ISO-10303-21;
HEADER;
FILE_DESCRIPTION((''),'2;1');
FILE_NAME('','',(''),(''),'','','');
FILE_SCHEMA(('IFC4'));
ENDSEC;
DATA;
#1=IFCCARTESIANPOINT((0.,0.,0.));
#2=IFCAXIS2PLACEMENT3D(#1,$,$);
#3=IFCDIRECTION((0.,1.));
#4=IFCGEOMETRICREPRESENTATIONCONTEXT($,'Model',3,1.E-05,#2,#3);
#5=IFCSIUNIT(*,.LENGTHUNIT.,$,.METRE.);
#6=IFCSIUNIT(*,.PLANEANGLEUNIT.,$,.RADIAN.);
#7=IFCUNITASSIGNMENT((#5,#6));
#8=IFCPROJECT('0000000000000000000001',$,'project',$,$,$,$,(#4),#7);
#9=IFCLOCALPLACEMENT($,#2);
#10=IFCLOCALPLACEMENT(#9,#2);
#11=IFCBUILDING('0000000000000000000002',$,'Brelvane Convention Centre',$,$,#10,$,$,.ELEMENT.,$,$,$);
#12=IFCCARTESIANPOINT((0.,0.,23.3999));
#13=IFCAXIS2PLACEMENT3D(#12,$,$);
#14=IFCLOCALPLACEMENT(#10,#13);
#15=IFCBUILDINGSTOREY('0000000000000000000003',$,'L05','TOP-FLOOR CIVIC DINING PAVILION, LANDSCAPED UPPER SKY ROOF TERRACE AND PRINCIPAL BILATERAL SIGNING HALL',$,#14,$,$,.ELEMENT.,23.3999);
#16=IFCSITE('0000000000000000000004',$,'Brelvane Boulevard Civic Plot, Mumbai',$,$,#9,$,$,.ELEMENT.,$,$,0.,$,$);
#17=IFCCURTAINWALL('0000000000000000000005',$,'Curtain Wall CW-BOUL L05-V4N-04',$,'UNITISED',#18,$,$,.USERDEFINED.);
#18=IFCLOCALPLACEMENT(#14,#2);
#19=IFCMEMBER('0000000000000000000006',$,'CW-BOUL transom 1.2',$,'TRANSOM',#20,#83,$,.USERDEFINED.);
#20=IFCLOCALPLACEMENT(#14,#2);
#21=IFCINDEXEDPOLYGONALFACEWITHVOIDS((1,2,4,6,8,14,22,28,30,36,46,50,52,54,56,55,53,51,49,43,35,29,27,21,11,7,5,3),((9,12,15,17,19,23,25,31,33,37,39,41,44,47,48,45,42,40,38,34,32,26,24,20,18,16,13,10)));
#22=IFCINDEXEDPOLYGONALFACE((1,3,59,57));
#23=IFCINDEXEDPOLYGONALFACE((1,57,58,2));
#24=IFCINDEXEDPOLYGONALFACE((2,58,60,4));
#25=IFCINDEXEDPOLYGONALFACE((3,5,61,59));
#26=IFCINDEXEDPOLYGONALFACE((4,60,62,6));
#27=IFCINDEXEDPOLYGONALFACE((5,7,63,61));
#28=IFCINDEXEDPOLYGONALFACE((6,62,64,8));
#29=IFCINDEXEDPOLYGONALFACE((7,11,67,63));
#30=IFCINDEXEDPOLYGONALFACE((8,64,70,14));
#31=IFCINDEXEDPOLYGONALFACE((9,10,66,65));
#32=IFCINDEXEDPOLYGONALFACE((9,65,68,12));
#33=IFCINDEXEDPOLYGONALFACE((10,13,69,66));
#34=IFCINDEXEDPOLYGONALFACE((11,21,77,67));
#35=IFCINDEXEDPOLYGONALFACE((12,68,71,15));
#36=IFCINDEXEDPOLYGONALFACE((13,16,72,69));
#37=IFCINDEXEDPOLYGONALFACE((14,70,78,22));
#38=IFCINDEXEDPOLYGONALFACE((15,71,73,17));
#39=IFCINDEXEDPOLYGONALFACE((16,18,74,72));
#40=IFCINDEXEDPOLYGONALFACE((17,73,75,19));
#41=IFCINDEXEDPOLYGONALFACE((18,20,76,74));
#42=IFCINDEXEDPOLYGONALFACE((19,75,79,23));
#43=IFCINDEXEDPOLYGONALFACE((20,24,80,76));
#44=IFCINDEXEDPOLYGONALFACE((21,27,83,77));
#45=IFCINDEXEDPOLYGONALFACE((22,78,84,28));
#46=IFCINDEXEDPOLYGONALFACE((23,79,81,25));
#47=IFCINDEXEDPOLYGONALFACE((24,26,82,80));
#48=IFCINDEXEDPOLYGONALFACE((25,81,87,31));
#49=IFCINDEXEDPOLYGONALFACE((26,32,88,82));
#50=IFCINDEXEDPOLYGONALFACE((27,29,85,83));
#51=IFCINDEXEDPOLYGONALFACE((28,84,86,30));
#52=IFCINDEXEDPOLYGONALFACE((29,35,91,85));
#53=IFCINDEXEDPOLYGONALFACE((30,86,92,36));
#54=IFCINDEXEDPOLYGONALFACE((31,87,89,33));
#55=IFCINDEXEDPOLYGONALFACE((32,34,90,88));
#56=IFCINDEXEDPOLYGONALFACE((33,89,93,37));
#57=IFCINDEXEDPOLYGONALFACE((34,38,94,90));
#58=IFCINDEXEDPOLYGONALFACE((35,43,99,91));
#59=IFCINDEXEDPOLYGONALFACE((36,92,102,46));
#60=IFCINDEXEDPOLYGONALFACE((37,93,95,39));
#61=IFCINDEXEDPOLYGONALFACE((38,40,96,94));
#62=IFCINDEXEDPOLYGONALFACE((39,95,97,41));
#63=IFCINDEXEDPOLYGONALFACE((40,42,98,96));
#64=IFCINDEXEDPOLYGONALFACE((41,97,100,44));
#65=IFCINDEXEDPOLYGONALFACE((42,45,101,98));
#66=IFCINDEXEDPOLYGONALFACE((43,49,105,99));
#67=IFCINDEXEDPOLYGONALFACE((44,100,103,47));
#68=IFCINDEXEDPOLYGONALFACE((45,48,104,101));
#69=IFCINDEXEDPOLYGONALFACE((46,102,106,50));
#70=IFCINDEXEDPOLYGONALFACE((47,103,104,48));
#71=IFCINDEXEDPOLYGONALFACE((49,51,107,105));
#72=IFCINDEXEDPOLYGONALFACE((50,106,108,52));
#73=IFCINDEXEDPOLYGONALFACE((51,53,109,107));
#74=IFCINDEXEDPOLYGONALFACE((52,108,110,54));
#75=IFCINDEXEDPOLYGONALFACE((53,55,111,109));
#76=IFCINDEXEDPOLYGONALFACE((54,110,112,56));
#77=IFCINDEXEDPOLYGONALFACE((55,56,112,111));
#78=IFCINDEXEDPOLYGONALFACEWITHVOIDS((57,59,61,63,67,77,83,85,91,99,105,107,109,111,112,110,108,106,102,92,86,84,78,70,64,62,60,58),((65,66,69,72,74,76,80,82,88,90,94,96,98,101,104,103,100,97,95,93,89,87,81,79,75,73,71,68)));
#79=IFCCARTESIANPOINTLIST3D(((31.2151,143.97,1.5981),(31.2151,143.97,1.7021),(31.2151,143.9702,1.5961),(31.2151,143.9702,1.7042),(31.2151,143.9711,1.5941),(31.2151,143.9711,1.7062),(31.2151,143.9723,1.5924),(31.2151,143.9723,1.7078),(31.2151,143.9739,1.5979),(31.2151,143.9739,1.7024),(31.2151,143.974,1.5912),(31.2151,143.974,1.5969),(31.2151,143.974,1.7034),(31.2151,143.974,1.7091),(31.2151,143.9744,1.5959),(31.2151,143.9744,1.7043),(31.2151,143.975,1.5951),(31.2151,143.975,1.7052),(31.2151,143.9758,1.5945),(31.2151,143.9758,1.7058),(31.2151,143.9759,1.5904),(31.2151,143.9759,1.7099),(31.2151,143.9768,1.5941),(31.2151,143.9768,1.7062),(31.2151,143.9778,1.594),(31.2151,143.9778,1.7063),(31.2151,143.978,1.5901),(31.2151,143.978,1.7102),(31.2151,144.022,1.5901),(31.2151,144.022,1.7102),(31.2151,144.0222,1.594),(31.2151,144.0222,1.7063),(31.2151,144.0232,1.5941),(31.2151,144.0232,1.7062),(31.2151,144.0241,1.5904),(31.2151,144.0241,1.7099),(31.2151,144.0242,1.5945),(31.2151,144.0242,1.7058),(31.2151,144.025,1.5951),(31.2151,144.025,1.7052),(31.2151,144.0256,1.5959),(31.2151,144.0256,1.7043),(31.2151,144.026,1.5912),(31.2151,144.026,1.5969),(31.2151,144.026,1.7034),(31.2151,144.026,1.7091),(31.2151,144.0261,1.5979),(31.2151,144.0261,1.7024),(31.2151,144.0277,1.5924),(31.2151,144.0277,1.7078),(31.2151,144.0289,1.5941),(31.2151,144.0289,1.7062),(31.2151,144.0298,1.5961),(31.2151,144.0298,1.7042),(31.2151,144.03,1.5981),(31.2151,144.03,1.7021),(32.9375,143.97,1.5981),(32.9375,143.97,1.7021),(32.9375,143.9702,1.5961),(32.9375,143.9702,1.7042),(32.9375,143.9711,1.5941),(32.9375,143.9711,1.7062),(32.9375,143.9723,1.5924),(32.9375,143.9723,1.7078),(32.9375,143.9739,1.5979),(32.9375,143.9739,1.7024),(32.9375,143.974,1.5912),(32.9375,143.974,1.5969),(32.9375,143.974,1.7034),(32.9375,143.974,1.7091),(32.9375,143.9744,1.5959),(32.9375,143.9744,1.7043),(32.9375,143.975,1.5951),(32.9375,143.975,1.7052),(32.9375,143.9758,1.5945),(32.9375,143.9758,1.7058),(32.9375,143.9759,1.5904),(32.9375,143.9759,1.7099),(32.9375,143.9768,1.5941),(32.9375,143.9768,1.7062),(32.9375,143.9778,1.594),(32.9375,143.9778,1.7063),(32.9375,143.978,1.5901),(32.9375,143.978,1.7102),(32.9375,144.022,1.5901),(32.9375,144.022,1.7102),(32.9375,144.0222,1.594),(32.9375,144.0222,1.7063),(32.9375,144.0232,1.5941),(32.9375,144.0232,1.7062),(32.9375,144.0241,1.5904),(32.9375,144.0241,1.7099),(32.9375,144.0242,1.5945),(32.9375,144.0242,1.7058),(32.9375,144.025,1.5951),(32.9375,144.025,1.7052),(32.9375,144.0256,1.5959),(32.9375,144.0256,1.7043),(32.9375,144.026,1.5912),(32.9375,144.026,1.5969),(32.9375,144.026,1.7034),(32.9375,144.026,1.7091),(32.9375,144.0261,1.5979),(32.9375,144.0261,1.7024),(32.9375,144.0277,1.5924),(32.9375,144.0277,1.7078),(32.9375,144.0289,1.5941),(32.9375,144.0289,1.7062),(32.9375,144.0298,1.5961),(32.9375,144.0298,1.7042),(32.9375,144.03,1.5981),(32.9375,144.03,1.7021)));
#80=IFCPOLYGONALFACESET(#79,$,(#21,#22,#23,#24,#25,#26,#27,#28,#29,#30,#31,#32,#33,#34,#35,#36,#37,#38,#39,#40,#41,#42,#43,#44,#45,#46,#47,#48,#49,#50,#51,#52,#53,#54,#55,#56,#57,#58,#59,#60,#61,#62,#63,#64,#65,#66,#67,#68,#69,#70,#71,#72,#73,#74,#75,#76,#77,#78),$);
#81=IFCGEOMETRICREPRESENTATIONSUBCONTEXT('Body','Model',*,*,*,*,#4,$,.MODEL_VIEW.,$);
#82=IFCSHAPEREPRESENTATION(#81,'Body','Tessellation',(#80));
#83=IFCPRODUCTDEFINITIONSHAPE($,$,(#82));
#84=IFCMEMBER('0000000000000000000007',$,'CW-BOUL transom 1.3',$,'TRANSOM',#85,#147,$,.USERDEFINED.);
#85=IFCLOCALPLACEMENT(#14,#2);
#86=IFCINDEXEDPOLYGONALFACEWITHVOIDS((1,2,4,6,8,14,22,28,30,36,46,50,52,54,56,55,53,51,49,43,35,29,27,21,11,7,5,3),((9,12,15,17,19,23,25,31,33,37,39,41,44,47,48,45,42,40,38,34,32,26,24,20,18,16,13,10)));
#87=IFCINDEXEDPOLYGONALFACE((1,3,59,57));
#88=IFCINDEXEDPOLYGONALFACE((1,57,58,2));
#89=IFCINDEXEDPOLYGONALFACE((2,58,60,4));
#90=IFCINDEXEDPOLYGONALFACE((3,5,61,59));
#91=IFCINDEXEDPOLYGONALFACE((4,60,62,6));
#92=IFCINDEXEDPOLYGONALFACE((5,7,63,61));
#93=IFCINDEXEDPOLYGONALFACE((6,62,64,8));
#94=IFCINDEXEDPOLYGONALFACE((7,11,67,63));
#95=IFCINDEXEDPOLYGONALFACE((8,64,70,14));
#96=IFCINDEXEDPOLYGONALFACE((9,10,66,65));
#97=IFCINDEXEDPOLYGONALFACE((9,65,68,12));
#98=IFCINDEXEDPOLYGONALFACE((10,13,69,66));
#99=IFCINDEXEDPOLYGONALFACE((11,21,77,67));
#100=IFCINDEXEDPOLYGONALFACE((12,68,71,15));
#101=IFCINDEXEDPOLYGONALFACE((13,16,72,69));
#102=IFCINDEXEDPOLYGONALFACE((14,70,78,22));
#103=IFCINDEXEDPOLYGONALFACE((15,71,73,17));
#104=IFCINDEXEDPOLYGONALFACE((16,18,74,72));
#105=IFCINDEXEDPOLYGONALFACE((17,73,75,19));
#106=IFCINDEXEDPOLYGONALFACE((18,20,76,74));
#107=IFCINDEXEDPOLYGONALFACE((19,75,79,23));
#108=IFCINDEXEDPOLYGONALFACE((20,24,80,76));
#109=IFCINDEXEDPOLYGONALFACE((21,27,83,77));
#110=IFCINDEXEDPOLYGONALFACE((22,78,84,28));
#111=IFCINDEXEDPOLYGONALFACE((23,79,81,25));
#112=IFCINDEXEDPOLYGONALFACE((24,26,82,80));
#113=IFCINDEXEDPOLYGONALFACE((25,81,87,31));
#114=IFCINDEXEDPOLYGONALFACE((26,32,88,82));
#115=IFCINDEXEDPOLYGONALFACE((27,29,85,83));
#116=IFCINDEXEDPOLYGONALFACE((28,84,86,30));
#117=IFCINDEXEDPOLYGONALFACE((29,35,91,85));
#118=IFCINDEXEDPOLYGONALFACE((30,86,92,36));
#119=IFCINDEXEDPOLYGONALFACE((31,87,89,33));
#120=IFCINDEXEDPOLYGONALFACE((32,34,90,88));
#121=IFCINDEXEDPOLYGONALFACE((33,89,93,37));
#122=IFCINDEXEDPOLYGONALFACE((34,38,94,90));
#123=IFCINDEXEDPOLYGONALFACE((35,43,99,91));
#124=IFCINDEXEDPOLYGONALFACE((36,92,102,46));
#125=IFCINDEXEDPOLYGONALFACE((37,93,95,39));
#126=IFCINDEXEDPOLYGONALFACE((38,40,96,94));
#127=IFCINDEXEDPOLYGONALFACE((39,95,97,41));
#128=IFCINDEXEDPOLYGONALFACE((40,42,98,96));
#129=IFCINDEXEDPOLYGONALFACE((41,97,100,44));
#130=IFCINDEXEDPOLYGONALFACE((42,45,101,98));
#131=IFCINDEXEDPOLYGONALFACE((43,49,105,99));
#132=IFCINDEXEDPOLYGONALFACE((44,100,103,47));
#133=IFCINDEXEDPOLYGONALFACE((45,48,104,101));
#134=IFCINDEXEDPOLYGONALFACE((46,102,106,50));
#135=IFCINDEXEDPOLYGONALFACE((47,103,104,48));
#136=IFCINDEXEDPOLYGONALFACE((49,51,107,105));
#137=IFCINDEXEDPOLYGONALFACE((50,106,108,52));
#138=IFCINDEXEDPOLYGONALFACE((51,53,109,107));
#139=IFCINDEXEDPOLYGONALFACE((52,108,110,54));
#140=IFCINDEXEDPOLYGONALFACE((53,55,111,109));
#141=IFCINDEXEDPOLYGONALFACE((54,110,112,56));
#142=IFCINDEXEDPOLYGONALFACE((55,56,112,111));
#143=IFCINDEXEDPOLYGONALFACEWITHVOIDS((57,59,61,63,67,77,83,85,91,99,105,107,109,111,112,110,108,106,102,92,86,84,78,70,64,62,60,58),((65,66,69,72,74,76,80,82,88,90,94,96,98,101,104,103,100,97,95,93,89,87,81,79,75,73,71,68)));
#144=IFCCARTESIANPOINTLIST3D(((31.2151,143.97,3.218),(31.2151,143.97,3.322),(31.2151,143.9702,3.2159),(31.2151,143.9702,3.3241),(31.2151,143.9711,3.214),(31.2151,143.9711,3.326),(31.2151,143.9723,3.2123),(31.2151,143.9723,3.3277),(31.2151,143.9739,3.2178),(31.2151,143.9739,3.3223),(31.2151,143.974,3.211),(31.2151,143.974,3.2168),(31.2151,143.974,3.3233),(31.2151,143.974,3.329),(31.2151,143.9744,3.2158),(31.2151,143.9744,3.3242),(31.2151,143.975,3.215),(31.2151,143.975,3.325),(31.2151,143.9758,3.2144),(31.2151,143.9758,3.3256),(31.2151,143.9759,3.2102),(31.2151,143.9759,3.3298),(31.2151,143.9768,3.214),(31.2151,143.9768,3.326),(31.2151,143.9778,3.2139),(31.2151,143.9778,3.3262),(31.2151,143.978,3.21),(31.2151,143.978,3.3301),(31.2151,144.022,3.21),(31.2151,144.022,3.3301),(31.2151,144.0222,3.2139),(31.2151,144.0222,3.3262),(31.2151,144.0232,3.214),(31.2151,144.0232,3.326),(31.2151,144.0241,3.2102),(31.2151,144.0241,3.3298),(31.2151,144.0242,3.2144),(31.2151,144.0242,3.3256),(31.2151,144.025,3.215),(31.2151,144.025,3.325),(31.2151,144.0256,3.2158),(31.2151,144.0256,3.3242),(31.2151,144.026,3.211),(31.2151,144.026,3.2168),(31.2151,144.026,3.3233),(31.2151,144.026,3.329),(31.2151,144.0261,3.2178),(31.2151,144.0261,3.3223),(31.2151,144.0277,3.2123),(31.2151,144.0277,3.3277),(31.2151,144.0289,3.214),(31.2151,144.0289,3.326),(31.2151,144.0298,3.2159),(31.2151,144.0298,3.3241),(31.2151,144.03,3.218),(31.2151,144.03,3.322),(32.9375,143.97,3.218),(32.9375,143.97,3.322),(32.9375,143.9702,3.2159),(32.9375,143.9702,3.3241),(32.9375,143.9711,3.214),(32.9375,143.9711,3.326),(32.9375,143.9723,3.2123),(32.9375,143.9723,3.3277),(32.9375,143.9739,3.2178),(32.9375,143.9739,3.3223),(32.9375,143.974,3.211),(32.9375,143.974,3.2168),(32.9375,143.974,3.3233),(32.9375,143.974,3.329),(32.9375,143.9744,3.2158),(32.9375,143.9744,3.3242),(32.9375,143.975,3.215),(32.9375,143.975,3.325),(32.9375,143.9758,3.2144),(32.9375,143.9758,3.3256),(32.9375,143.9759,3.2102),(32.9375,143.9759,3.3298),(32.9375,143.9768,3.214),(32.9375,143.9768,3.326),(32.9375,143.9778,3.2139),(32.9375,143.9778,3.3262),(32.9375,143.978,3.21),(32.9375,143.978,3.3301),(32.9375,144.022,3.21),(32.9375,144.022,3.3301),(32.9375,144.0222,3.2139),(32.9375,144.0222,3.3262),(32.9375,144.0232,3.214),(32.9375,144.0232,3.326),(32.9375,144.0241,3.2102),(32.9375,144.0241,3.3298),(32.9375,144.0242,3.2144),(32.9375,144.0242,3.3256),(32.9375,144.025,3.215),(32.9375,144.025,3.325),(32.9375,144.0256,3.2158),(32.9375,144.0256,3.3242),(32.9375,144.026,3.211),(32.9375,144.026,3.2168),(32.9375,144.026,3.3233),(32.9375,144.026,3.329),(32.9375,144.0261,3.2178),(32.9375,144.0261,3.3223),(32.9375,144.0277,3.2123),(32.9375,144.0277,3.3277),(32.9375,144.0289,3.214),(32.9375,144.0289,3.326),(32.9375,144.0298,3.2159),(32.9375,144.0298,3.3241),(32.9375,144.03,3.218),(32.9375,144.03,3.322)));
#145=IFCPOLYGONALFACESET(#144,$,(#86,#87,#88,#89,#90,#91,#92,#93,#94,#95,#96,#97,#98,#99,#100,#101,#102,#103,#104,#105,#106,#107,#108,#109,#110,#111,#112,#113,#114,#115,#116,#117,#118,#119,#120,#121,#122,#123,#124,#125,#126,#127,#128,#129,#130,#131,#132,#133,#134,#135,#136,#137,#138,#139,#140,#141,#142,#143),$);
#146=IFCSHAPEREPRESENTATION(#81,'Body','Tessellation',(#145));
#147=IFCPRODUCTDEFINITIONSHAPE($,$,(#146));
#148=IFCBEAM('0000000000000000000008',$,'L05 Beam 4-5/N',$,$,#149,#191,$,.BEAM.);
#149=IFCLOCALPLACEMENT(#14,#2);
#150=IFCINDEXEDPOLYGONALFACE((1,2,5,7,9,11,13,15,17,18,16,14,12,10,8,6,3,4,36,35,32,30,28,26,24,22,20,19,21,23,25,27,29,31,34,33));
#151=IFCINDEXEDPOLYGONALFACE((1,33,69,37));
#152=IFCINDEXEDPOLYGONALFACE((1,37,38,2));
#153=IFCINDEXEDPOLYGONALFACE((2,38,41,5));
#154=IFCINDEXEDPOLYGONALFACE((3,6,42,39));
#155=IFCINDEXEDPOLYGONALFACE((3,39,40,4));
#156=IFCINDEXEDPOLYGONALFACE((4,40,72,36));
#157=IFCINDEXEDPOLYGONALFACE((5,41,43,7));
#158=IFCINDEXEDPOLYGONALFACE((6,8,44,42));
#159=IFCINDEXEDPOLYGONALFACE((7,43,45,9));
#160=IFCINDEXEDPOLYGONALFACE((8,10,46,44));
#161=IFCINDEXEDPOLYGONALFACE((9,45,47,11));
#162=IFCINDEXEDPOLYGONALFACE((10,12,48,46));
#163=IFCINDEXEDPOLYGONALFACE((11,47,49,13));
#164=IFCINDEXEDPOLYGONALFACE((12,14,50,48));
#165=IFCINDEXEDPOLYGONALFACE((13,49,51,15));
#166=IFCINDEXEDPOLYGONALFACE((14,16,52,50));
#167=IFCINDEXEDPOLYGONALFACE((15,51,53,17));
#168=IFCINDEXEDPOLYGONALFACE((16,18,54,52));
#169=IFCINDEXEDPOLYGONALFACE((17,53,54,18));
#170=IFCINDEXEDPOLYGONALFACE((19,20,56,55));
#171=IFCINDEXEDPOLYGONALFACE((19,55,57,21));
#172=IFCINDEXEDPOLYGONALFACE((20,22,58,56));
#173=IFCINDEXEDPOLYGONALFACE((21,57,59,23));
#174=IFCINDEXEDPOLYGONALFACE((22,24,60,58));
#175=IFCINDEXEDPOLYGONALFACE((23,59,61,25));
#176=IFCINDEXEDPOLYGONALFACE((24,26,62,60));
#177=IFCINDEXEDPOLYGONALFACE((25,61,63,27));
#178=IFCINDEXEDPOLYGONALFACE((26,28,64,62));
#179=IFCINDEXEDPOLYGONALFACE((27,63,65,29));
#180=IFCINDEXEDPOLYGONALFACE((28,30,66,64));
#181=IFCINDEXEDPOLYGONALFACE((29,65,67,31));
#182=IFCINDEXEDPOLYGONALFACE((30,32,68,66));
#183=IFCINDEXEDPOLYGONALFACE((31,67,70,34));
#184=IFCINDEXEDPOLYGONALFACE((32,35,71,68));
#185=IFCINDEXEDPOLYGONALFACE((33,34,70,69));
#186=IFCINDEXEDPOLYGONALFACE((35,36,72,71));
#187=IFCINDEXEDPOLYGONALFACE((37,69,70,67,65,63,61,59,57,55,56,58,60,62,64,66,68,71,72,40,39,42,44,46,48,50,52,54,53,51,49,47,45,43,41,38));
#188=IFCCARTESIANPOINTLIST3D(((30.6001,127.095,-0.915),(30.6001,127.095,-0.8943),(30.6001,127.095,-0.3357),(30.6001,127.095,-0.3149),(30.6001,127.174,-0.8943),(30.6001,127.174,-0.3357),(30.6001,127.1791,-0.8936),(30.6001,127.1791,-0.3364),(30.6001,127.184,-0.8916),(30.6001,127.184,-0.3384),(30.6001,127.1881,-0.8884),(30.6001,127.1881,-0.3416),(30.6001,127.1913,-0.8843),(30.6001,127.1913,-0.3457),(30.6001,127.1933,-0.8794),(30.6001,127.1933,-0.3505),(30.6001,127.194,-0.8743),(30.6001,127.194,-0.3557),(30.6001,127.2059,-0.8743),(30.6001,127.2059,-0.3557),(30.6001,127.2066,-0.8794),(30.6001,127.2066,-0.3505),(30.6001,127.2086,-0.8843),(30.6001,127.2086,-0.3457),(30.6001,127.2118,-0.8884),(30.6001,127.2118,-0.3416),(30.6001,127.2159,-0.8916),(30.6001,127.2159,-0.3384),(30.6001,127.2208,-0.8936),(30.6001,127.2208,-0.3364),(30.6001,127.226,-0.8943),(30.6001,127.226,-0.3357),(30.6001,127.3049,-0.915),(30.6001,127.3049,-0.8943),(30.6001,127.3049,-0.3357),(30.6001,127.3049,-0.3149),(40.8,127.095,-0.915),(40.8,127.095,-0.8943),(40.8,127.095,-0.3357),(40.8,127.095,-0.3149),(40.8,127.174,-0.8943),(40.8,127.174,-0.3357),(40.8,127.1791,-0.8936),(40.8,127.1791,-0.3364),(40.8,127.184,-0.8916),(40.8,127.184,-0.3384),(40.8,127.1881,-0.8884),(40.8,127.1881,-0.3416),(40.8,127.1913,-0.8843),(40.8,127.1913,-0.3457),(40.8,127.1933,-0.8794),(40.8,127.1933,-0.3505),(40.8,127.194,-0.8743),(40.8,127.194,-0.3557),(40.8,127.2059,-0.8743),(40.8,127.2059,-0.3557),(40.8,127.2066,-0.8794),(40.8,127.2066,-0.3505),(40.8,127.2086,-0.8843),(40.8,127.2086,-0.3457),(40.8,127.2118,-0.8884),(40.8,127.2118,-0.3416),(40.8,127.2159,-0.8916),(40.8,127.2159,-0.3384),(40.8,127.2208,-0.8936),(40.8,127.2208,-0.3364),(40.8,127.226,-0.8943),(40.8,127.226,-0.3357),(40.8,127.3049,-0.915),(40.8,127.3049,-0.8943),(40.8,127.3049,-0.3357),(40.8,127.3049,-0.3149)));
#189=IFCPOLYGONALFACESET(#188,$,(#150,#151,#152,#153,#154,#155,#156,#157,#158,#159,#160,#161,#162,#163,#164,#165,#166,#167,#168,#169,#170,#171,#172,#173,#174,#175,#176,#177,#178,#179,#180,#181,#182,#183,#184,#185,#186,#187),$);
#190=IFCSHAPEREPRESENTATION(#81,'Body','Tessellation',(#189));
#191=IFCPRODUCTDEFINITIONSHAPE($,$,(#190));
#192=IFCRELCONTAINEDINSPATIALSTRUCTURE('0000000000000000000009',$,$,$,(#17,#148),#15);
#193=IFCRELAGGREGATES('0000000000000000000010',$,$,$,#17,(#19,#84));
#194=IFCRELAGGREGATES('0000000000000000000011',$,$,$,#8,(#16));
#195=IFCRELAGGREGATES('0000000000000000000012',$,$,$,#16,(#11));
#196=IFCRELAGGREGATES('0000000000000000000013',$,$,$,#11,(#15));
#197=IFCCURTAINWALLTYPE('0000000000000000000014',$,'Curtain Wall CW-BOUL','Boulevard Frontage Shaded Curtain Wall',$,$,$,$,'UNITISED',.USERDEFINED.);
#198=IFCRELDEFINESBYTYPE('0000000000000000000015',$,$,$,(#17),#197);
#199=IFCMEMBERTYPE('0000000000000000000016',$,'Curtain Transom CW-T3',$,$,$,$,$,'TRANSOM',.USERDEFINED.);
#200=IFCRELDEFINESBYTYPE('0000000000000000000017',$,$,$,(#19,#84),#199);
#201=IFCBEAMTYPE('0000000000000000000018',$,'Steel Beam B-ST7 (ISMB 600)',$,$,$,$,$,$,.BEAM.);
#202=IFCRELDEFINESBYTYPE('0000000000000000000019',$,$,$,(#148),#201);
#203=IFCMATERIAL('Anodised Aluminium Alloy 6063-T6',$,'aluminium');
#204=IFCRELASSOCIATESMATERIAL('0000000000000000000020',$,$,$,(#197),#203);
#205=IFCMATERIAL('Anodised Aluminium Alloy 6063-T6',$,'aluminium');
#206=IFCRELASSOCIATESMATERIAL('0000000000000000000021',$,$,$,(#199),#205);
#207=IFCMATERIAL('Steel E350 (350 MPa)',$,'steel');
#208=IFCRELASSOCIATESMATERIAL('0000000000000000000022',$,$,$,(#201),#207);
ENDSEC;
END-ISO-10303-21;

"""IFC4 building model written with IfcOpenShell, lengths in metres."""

from ifc_helpers import new_model, si_unit, direction, frame, origin, origin_2d, place, context, subcontext, project, spatial, hollow_rectangle, i_section, extrude, material, material_profile, profile_set, type_object, element, aggregate, save


model = new_model("IFC4")

# Units and contexts
model_context = context("Model", 3, precision=1e-05, world=origin(), true_north=direction((0.0, 1.0)))
body_context = subcontext(model_context, "Body", "Model", "MODEL_VIEW")
ifc_project = project(units=[si_unit("LENGTHUNIT", "METRE"), si_unit("PLANEANGLEUNIT", "RADIAN")], contexts=[model_context])

# Site, building, storey
site_placement = place(None, origin())
site = spatial("IfcSite", under=ifc_project, at=site_placement, Name="Brelvane Boulevard Civic Plot, Mumbai", CompositionType="ELEMENT", RefElevation=0.0)
building_placement = place(site_placement, origin())
building = spatial("IfcBuilding", under=site, at=building_placement, Name="Brelvane Convention Centre", CompositionType="ELEMENT")
storey_placement = place(building_placement, frame((0.0, 0.0, 23.3999)))
storey = spatial("IfcBuildingStorey", under=building, at=storey_placement, Name="L05", Description="TOP-FLOOR CIVIC DINING PAVILION, LANDSCAPED UPPER SKY ROOF TERRACE AND PRINCIPAL BILATERAL SIGNING HALL", CompositionType="ELEMENT", Elevation=23.3999)

# Curtain wall, members
ifc_material_1 = material(Name="Anodised Aluminium Alloy 6063-T6", Category="aluminium")
curtain_wall_type = type_object("IfcCurtainWallType", Name="Curtain Wall CW-BOUL", Description="Boulevard Frontage Shaded Curtain Wall", ElementType="UNITISED", PredefinedType="USERDEFINED", material=ifc_material_1)
curtain_wall_placement = place(storey_placement, origin())
curtain_wall = element("IfcCurtainWall", 1, at=curtain_wall_placement, inside=storey, type_object=curtain_wall_type, Name="Curtain Wall CW-BOUL L05-V4N-04", ObjectType="UNITISED", PredefinedType="USERDEFINED")
ifc_material_2 = material(Name="Anodised Aluminium Alloy 6063-T6", Category="aluminium")
ifc_material_profile_1 = material_profile(ifc_material_2, hollow_rectangle(XDim=0.0601, YDim=0.1201, WallThickness=0.0039, InnerFilletRadius=0.0039, OuterFilletRadius=0.0081, at=origin_2d()), Name="ALU-T 120x60x4.0")
ifc_profile_set_1 = profile_set([ifc_material_profile_1], Name="Anodised Aluminium Alloy 6063-T6")
member_type_1 = type_object("IfcMemberType", Name="Curtain Transom CW-T3", ElementType="TRANSOM", PredefinedType="USERDEFINED", material=ifc_profile_set_1)
member_1_placement = place(storey_placement, frame((31.2151, 144.0, 1.6501), z_axis=(1.0, 0.0, 0.0), x_axis=(0.0, 1.0, 0.0)))
member_1 = element("IfcMember", 2, at=member_1_placement, type_object=member_type_1, Name="CW-BOUL transom 1.2", ObjectType="TRANSOM", PredefinedType="USERDEFINED", context=body_context, shape_type="SweptSolid", body=[
    extrude(hollow_rectangle(XDim=0.0601, YDim=0.1201, WallThickness=0.0039, InnerFilletRadius=0.0039, OuterFilletRadius=0.0081, at=origin_2d()), origin(), (0.0, 0.0, 1.0), 1.7224),
])
member_2_placement = place(storey_placement, frame((31.2151, 144.0, 3.27), z_axis=(1.0, 0.0, 0.0), x_axis=(0.0, 1.0, 0.0)))
member_2 = element("IfcMember", 3, at=member_2_placement, type_object=member_type_1, Name="CW-BOUL transom 1.3", ObjectType="TRANSOM", PredefinedType="USERDEFINED", context=body_context, shape_type="SweptSolid", body=[
    extrude(hollow_rectangle(XDim=0.0601, YDim=0.1201, WallThickness=0.0039, InnerFilletRadius=0.0039, OuterFilletRadius=0.0081, at=origin_2d()), origin(), (0.0, 0.0, 1.0), 1.7224),
])
aggregate(curtain_wall, [member_1, member_2])

# Beam
ifc_material_3 = material(Name="Steel E350 (350 MPa)", Category="steel")
ifc_material_profile_2 = material_profile(ifc_material_3, i_section(OverallWidth=0.21, OverallDepth=0.6001, WebThickness=0.012, FlangeThickness=0.0208, FilletRadius=0.02, at=origin_2d()), Name="ISMB 600")
ifc_profile_set_2 = profile_set([ifc_material_profile_2], Name="Steel E350 (350 MPa)")
beam_type_1 = type_object("IfcBeamType", Name="Steel Beam B-ST7 (ISMB 600)", PredefinedType="BEAM", material=ifc_profile_set_2)
for number, where, z_axis, x_axis, name in (
    (4, (30.6001, 127.2, -0.615), (1.0, 0.0, 0.0), (0.0, 1.0, 0.0), "L05 Beam 4-5/N"),
):
    element("IfcBeam", number, at=place(storey_placement, frame(where, z_axis=z_axis, x_axis=x_axis)), inside=storey, type_object=beam_type_1, Name=name, PredefinedType="BEAM", context=body_context, shape_type="SweptSolid", body=[
        extrude(i_section(OverallWidth=0.21, OverallDepth=0.6001, WebThickness=0.012, FlangeThickness=0.0208, FilletRadius=0.02, at=origin_2d()), origin(), (0.0, 0.0, 1.0), 10.2),
    ])

save(model, "model.ifc")
